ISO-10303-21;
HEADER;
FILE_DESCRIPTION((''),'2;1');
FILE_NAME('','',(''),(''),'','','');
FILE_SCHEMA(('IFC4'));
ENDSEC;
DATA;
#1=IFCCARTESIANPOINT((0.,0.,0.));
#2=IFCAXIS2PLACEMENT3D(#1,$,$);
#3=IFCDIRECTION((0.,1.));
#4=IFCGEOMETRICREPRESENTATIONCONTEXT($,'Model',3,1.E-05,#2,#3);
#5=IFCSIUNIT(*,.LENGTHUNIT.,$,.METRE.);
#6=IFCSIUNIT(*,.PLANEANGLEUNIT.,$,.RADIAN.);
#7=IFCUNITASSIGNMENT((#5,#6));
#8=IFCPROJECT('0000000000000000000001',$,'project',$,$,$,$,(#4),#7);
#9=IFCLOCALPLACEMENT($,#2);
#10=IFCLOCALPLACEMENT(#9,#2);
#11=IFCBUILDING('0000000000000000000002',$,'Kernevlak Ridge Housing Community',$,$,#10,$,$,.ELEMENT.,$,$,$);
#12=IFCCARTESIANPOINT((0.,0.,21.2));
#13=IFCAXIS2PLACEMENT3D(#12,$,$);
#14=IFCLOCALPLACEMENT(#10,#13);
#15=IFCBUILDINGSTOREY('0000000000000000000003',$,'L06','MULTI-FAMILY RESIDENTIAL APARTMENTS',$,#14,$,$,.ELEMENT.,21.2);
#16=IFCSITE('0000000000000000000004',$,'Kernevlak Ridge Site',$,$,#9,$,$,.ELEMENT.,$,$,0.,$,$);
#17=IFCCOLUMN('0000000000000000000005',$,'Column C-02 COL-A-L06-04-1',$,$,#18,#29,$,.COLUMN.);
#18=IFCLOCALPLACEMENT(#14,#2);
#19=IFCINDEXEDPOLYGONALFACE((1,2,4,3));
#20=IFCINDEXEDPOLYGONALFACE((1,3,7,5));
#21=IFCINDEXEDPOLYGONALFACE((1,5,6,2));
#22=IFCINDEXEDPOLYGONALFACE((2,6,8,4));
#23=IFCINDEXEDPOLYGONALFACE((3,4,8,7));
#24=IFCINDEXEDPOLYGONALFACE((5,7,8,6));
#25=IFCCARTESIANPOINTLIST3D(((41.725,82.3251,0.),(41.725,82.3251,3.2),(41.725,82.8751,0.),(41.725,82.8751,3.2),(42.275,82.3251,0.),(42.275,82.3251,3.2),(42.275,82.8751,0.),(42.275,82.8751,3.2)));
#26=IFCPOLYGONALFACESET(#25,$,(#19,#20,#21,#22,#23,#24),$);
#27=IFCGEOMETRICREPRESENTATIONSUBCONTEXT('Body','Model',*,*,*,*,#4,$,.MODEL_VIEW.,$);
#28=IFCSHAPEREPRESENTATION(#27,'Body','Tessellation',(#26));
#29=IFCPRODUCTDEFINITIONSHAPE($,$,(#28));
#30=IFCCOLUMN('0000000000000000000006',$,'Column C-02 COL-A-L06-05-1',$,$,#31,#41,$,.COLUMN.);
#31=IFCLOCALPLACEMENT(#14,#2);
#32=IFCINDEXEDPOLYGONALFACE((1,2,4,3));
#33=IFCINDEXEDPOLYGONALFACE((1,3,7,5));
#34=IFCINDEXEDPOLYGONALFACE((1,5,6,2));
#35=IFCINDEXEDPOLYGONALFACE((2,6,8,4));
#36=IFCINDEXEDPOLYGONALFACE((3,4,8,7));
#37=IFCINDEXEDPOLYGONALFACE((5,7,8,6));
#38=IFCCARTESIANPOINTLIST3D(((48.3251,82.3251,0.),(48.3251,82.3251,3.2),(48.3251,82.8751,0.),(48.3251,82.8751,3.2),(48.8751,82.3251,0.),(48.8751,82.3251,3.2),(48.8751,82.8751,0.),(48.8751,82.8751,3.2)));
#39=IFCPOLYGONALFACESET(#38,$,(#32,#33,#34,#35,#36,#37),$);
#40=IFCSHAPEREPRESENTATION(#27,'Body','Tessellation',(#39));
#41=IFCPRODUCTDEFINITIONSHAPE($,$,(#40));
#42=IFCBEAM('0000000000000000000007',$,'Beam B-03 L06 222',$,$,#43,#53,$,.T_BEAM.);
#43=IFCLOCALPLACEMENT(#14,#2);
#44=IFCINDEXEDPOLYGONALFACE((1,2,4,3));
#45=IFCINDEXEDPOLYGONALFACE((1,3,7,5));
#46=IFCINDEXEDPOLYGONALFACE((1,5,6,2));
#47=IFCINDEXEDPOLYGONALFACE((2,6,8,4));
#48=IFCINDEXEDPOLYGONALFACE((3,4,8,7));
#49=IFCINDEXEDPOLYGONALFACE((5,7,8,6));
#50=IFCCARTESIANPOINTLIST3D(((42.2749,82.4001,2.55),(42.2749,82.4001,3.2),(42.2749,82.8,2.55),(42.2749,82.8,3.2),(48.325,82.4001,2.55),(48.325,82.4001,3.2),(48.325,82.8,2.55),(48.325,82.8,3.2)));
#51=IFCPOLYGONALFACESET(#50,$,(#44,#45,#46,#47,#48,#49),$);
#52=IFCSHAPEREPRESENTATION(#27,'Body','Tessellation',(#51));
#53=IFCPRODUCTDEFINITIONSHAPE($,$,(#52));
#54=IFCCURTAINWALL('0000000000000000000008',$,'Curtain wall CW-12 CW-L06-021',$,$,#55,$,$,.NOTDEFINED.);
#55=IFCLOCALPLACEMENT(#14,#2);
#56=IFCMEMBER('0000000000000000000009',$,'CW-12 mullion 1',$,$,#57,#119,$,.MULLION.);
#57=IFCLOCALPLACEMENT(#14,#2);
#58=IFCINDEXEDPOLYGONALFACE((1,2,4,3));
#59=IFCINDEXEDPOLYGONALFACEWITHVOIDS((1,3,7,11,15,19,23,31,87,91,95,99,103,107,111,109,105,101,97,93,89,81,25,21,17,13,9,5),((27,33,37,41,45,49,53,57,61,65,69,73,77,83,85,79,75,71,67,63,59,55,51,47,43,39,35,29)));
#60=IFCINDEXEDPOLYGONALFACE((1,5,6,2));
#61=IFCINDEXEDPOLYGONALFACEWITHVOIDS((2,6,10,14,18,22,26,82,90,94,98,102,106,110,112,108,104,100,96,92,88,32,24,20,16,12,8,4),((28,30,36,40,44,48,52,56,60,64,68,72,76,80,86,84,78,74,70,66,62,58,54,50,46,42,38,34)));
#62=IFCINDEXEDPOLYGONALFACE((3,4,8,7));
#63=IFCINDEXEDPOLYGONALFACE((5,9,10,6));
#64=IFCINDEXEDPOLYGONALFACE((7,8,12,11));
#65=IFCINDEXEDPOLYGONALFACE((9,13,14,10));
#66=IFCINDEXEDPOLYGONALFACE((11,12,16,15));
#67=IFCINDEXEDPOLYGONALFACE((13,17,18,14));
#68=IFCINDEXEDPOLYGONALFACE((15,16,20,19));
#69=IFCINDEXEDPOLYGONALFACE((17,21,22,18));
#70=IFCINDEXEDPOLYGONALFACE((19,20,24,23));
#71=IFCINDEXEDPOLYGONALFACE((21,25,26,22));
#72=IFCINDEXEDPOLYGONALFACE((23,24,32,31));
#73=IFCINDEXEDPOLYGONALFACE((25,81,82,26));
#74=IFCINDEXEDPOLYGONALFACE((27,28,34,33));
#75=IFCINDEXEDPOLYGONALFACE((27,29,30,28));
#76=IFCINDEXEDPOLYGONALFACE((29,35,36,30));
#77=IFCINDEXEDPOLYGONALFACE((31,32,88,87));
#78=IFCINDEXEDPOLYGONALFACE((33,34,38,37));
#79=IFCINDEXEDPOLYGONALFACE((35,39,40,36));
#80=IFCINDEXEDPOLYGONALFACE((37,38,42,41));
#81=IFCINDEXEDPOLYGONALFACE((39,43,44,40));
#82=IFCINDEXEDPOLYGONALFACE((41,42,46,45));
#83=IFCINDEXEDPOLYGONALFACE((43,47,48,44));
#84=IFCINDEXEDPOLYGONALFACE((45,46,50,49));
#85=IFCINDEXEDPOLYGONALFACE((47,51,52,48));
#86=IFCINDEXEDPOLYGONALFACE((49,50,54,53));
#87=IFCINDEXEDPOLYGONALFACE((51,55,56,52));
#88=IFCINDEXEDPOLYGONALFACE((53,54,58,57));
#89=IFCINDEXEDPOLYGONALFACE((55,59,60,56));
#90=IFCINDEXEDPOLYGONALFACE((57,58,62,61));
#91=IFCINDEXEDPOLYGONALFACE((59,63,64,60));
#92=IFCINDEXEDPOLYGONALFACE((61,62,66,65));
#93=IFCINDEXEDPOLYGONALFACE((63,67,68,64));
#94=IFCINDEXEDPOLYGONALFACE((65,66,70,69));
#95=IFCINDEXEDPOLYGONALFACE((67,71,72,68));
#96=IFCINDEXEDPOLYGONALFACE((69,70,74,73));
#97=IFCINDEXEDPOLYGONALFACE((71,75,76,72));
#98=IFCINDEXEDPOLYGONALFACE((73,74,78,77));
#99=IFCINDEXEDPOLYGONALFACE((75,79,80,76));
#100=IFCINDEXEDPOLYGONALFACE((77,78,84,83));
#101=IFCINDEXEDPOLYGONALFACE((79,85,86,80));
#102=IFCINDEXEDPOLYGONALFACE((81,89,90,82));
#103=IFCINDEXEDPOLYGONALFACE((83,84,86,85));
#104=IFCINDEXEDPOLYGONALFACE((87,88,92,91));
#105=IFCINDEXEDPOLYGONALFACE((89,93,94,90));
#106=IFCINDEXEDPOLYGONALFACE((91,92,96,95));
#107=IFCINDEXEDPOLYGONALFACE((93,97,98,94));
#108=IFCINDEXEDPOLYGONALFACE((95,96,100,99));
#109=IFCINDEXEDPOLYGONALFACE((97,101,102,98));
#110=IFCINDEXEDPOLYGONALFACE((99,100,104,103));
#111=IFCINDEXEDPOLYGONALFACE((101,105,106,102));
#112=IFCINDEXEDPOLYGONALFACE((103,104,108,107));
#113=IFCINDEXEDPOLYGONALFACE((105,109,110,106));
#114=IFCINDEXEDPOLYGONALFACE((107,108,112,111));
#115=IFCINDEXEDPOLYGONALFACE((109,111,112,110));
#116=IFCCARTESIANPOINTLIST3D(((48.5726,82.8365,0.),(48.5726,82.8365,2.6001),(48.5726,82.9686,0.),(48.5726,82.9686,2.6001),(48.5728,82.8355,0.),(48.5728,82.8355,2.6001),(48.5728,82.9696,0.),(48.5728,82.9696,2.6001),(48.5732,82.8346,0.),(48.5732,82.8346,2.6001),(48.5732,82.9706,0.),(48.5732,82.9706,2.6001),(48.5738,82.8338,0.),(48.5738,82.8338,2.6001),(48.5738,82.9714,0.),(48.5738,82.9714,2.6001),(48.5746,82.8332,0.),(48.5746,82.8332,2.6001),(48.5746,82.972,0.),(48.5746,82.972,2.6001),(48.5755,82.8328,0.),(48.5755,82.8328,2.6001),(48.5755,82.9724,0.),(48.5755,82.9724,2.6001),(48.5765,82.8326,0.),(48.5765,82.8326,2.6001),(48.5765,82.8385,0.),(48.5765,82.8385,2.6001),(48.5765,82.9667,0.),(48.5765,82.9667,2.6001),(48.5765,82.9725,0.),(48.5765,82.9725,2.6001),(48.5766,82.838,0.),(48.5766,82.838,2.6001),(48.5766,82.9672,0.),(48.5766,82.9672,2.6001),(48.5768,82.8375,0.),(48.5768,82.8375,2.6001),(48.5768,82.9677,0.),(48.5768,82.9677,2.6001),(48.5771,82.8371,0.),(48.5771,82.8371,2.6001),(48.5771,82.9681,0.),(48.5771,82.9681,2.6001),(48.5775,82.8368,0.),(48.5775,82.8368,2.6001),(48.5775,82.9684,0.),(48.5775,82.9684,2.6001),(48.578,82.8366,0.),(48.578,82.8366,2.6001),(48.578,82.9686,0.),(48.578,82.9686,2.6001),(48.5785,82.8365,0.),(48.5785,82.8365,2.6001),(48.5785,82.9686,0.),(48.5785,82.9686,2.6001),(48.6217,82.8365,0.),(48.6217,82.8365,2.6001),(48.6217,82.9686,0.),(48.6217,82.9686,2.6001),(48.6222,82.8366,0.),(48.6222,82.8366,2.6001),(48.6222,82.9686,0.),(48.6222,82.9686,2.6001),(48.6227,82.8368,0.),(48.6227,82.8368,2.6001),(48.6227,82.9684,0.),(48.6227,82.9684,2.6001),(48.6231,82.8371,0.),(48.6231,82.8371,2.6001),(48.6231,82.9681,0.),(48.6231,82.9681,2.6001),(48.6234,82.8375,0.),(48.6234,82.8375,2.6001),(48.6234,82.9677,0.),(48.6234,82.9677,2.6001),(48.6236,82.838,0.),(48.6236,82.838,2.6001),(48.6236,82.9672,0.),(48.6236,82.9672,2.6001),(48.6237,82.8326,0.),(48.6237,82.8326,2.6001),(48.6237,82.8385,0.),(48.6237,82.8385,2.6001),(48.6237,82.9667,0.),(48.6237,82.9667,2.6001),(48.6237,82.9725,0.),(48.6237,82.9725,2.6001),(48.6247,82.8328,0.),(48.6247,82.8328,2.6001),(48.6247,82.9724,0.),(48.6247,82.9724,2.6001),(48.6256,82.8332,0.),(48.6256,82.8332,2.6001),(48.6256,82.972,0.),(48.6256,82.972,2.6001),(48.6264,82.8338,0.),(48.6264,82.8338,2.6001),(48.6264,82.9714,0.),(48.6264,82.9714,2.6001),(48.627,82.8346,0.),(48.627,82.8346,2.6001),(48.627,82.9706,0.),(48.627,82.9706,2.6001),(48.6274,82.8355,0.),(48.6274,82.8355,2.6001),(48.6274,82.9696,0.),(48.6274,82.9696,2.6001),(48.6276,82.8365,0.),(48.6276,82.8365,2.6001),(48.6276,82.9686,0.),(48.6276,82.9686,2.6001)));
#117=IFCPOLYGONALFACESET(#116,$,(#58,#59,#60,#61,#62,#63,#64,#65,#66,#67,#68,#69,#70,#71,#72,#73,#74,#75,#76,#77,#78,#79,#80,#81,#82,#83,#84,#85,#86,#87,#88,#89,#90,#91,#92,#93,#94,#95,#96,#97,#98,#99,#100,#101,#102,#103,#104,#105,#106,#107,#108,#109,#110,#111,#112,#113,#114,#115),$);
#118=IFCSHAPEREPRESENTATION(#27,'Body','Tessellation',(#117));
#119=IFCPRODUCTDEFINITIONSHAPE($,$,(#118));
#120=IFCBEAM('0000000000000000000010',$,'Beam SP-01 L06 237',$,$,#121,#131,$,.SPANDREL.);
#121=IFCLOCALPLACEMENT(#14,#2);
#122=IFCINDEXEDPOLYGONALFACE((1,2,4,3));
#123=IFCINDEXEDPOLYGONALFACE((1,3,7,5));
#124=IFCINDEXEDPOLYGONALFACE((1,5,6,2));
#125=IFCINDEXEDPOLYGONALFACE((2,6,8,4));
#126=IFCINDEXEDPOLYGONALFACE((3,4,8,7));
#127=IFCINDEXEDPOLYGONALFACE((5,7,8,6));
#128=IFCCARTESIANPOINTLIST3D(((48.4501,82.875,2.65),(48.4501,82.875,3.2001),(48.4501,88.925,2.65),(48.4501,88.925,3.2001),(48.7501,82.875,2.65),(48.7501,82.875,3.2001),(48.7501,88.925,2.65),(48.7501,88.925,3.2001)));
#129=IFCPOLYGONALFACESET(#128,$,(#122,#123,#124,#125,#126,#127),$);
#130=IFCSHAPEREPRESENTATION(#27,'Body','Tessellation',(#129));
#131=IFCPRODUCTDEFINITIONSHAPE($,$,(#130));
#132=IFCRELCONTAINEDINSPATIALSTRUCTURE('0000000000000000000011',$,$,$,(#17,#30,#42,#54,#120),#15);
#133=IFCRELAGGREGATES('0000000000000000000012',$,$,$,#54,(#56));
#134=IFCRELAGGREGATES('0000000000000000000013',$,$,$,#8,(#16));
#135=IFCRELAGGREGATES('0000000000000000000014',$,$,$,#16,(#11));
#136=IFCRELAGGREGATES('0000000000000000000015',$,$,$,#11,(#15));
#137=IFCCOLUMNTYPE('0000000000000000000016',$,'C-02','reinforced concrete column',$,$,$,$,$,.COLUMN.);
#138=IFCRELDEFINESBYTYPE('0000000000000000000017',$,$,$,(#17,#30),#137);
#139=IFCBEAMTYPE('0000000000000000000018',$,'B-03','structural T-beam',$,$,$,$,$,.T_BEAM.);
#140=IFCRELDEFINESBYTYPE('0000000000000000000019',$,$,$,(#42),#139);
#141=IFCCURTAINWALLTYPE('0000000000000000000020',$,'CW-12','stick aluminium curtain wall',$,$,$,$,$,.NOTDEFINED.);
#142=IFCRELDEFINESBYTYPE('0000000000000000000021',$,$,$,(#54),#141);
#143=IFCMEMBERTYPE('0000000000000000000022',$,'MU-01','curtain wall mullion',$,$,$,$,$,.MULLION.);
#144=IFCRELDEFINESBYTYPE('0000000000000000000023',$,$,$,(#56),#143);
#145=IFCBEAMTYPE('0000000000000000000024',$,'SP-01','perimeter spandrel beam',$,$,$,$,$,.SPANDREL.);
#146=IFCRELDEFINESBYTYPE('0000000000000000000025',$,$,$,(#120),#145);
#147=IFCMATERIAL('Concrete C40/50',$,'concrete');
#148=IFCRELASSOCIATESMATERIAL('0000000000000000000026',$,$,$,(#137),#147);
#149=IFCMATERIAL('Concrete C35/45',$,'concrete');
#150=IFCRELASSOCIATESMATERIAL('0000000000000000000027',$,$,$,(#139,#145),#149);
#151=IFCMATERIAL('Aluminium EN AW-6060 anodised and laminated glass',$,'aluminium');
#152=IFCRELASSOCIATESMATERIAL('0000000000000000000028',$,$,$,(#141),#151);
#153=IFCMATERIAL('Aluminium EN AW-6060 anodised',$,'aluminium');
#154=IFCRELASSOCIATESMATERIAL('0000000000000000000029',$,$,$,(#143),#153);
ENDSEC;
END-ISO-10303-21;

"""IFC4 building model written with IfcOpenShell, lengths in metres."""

from ifc_helpers import new_model, si_unit, direction, frame, origin, origin_2d, place, context, subcontext, project, spatial, rectangle, hollow_rectangle, extrude, material, material_profile, profile_set, type_object, element, aggregate, save


model = new_model("IFC4")

# Units and contexts
model_context = context("Model", 3, precision=1e-05, world=origin(), true_north=direction((0.0, 1.0)))
body_context = subcontext(model_context, "Body", "Model", "MODEL_VIEW")
ifc_project = project(units=[si_unit("LENGTHUNIT", "METRE"), si_unit("PLANEANGLEUNIT", "RADIAN")], contexts=[model_context])

# Site, building, storey
site_placement = place(None, origin())
site = spatial("IfcSite", under=ifc_project, at=site_placement, Name="Kernevlak Ridge Site", CompositionType="ELEMENT", RefElevation=0.0)
building_placement = place(site_placement, origin())
building = spatial("IfcBuilding", under=site, at=building_placement, Name="Kernevlak Ridge Housing Community", CompositionType="ELEMENT")
storey_placement = place(building_placement, frame((0.0, 0.0, 21.2)))
storey = spatial("IfcBuildingStorey", under=building, at=storey_placement, Name="L06", Description="MULTI-FAMILY RESIDENTIAL APARTMENTS", CompositionType="ELEMENT", Elevation=21.2)

# Columns
ifc_material_1 = material(Name="Concrete C40/50", Category="concrete")
ifc_material_profile_1 = material_profile(ifc_material_1, rectangle(XDim=0.55, YDim=0.55, at=origin_2d()), Name="RC 550x550")
ifc_profile_set_1 = profile_set([ifc_material_profile_1], Name="Concrete C40/50")
column_type = type_object("IfcColumnType", Name="C-02", Description="reinforced concrete column", PredefinedType="COLUMN", material=ifc_profile_set_1)
for number, where, z_axis, x_axis, name in (
    (1, (42.0, 82.6001, 0.0), (0.0, 0.0, 1.0), (1.0, 0.0, 0.0), "Column C-02 COL-A-L06-04-1"),
    (2, (48.6001, 82.6001, 0.0), (0.0, 0.0, 1.0), (1.0, 0.0, 0.0), "Column C-02 COL-A-L06-05-1"),
):
    element("IfcColumn", number, at=place(storey_placement, frame(where, z_axis=z_axis, x_axis=x_axis)), inside=storey, type_object=column_type, Name=name, PredefinedType="COLUMN", context=body_context, shape_type="SweptSolid", body=[
        extrude(rectangle(XDim=0.55, YDim=0.55, at=origin_2d()), origin(), (0.0, 0.0, 1.0), 3.2),
    ])

# Beam
ifc_material_2 = material(Name="Concrete C35/45", Category="concrete")
ifc_material_profile_2 = material_profile(ifc_material_2, rectangle(XDim=0.3999, YDim=0.6499, at=origin_2d()), Name="RC 400x650")
ifc_profile_set_2 = profile_set([ifc_material_profile_2], Name="Concrete C35/45")
beam_type_1 = type_object("IfcBeamType", Name="B-03", Description="structural T-beam", PredefinedType="T_BEAM", material=ifc_profile_set_2)
beam_1_placement = place(storey_placement, frame((42.2749, 82.6001, 2.875), z_axis=(1.0, 0.0, 0.0), x_axis=(0.0, 1.0, 0.0)))
element("IfcBeam", 3, at=beam_1_placement, inside=storey, type_object=beam_type_1, Name="Beam B-03 L06 222", PredefinedType="T_BEAM", context=body_context, shape_type="SweptSolid", body=[
    extrude(rectangle(XDim=0.3999, YDim=0.6499, at=origin_2d()), origin(), (0.0, 0.0, 1.0), 6.05),
])

# Curtain wall, member
ifc_material_3 = material(Name="Aluminium EN AW-6060 anodised and laminated glass", Category="aluminium")
curtain_wall_type = type_object("IfcCurtainWallType", Name="CW-12", Description="stick aluminium curtain wall", PredefinedType="NOTDEFINED", material=ifc_material_3)
curtain_wall_placement = place(storey_placement, origin())
curtain_wall = element("IfcCurtainWall", 4, at=curtain_wall_placement, inside=storey, type_object=curtain_wall_type, Name="Curtain wall CW-12 CW-L06-021", PredefinedType="NOTDEFINED")
ifc_material_4 = material(Name="Aluminium EN AW-6060 anodised", Category="aluminium")
ifc_material_profile_3 = material_profile(ifc_material_4, hollow_rectangle(XDim=0.0549, YDim=0.1399, WallThickness=0.0039, InnerFilletRadius=0.002, OuterFilletRadius=0.0039, at=origin_2d()), Name="ALU 55x140x4")
ifc_profile_set_3 = profile_set([ifc_material_profile_3], Name="Aluminium EN AW-6060 anodised")
member_type_1 = type_object("IfcMemberType", Name="MU-01", Description="curtain wall mullion", PredefinedType="MULLION", material=ifc_profile_set_3)
member_1_placement = place(storey_placement, frame((48.6001, 82.9026, 0.0), z_axis=(0.0, 0.0, 1.0), x_axis=(-1.0, 0.0, 0.0)))
member_1 = element("IfcMember", 5, at=member_1_placement, type_object=member_type_1, Name="CW-12 mullion 1", PredefinedType="MULLION", context=body_context, shape_type="SweptSolid", body=[
    extrude(hollow_rectangle(XDim=0.0549, YDim=0.1399, WallThickness=0.0039, InnerFilletRadius=0.002, OuterFilletRadius=0.0039, at=origin_2d()), origin(), (0.0, 0.0, 1.0), 2.6001),
])

# Beam
ifc_material_profile_4 = material_profile(ifc_material_2, rectangle(XDim=0.3, YDim=0.55, at=origin_2d()), Name="RC 300x550")
ifc_profile_set_4 = profile_set([ifc_material_profile_4], Name="Concrete C35/45")
beam_type_2 = type_object("IfcBeamType", Name="SP-01", Description="perimeter spandrel beam", PredefinedType="SPANDREL", material=ifc_profile_set_4)
beam_2_placement = place(storey_placement, frame((48.6001, 82.875, 2.925), z_axis=(0.0, 1.0, 0.0), x_axis=(-1.0, 0.0, 0.0)))
element("IfcBeam", 6, at=beam_2_placement, inside=storey, type_object=beam_type_2, Name="Beam SP-01 L06 237", PredefinedType="SPANDREL", context=body_context, shape_type="SweptSolid", body=[
    extrude(rectangle(XDim=0.3, YDim=0.55, at=origin_2d()), origin(), (0.0, 0.0, 1.0), 6.05),
])

aggregate(curtain_wall, [member_1])

save(model, "model.ifc")
